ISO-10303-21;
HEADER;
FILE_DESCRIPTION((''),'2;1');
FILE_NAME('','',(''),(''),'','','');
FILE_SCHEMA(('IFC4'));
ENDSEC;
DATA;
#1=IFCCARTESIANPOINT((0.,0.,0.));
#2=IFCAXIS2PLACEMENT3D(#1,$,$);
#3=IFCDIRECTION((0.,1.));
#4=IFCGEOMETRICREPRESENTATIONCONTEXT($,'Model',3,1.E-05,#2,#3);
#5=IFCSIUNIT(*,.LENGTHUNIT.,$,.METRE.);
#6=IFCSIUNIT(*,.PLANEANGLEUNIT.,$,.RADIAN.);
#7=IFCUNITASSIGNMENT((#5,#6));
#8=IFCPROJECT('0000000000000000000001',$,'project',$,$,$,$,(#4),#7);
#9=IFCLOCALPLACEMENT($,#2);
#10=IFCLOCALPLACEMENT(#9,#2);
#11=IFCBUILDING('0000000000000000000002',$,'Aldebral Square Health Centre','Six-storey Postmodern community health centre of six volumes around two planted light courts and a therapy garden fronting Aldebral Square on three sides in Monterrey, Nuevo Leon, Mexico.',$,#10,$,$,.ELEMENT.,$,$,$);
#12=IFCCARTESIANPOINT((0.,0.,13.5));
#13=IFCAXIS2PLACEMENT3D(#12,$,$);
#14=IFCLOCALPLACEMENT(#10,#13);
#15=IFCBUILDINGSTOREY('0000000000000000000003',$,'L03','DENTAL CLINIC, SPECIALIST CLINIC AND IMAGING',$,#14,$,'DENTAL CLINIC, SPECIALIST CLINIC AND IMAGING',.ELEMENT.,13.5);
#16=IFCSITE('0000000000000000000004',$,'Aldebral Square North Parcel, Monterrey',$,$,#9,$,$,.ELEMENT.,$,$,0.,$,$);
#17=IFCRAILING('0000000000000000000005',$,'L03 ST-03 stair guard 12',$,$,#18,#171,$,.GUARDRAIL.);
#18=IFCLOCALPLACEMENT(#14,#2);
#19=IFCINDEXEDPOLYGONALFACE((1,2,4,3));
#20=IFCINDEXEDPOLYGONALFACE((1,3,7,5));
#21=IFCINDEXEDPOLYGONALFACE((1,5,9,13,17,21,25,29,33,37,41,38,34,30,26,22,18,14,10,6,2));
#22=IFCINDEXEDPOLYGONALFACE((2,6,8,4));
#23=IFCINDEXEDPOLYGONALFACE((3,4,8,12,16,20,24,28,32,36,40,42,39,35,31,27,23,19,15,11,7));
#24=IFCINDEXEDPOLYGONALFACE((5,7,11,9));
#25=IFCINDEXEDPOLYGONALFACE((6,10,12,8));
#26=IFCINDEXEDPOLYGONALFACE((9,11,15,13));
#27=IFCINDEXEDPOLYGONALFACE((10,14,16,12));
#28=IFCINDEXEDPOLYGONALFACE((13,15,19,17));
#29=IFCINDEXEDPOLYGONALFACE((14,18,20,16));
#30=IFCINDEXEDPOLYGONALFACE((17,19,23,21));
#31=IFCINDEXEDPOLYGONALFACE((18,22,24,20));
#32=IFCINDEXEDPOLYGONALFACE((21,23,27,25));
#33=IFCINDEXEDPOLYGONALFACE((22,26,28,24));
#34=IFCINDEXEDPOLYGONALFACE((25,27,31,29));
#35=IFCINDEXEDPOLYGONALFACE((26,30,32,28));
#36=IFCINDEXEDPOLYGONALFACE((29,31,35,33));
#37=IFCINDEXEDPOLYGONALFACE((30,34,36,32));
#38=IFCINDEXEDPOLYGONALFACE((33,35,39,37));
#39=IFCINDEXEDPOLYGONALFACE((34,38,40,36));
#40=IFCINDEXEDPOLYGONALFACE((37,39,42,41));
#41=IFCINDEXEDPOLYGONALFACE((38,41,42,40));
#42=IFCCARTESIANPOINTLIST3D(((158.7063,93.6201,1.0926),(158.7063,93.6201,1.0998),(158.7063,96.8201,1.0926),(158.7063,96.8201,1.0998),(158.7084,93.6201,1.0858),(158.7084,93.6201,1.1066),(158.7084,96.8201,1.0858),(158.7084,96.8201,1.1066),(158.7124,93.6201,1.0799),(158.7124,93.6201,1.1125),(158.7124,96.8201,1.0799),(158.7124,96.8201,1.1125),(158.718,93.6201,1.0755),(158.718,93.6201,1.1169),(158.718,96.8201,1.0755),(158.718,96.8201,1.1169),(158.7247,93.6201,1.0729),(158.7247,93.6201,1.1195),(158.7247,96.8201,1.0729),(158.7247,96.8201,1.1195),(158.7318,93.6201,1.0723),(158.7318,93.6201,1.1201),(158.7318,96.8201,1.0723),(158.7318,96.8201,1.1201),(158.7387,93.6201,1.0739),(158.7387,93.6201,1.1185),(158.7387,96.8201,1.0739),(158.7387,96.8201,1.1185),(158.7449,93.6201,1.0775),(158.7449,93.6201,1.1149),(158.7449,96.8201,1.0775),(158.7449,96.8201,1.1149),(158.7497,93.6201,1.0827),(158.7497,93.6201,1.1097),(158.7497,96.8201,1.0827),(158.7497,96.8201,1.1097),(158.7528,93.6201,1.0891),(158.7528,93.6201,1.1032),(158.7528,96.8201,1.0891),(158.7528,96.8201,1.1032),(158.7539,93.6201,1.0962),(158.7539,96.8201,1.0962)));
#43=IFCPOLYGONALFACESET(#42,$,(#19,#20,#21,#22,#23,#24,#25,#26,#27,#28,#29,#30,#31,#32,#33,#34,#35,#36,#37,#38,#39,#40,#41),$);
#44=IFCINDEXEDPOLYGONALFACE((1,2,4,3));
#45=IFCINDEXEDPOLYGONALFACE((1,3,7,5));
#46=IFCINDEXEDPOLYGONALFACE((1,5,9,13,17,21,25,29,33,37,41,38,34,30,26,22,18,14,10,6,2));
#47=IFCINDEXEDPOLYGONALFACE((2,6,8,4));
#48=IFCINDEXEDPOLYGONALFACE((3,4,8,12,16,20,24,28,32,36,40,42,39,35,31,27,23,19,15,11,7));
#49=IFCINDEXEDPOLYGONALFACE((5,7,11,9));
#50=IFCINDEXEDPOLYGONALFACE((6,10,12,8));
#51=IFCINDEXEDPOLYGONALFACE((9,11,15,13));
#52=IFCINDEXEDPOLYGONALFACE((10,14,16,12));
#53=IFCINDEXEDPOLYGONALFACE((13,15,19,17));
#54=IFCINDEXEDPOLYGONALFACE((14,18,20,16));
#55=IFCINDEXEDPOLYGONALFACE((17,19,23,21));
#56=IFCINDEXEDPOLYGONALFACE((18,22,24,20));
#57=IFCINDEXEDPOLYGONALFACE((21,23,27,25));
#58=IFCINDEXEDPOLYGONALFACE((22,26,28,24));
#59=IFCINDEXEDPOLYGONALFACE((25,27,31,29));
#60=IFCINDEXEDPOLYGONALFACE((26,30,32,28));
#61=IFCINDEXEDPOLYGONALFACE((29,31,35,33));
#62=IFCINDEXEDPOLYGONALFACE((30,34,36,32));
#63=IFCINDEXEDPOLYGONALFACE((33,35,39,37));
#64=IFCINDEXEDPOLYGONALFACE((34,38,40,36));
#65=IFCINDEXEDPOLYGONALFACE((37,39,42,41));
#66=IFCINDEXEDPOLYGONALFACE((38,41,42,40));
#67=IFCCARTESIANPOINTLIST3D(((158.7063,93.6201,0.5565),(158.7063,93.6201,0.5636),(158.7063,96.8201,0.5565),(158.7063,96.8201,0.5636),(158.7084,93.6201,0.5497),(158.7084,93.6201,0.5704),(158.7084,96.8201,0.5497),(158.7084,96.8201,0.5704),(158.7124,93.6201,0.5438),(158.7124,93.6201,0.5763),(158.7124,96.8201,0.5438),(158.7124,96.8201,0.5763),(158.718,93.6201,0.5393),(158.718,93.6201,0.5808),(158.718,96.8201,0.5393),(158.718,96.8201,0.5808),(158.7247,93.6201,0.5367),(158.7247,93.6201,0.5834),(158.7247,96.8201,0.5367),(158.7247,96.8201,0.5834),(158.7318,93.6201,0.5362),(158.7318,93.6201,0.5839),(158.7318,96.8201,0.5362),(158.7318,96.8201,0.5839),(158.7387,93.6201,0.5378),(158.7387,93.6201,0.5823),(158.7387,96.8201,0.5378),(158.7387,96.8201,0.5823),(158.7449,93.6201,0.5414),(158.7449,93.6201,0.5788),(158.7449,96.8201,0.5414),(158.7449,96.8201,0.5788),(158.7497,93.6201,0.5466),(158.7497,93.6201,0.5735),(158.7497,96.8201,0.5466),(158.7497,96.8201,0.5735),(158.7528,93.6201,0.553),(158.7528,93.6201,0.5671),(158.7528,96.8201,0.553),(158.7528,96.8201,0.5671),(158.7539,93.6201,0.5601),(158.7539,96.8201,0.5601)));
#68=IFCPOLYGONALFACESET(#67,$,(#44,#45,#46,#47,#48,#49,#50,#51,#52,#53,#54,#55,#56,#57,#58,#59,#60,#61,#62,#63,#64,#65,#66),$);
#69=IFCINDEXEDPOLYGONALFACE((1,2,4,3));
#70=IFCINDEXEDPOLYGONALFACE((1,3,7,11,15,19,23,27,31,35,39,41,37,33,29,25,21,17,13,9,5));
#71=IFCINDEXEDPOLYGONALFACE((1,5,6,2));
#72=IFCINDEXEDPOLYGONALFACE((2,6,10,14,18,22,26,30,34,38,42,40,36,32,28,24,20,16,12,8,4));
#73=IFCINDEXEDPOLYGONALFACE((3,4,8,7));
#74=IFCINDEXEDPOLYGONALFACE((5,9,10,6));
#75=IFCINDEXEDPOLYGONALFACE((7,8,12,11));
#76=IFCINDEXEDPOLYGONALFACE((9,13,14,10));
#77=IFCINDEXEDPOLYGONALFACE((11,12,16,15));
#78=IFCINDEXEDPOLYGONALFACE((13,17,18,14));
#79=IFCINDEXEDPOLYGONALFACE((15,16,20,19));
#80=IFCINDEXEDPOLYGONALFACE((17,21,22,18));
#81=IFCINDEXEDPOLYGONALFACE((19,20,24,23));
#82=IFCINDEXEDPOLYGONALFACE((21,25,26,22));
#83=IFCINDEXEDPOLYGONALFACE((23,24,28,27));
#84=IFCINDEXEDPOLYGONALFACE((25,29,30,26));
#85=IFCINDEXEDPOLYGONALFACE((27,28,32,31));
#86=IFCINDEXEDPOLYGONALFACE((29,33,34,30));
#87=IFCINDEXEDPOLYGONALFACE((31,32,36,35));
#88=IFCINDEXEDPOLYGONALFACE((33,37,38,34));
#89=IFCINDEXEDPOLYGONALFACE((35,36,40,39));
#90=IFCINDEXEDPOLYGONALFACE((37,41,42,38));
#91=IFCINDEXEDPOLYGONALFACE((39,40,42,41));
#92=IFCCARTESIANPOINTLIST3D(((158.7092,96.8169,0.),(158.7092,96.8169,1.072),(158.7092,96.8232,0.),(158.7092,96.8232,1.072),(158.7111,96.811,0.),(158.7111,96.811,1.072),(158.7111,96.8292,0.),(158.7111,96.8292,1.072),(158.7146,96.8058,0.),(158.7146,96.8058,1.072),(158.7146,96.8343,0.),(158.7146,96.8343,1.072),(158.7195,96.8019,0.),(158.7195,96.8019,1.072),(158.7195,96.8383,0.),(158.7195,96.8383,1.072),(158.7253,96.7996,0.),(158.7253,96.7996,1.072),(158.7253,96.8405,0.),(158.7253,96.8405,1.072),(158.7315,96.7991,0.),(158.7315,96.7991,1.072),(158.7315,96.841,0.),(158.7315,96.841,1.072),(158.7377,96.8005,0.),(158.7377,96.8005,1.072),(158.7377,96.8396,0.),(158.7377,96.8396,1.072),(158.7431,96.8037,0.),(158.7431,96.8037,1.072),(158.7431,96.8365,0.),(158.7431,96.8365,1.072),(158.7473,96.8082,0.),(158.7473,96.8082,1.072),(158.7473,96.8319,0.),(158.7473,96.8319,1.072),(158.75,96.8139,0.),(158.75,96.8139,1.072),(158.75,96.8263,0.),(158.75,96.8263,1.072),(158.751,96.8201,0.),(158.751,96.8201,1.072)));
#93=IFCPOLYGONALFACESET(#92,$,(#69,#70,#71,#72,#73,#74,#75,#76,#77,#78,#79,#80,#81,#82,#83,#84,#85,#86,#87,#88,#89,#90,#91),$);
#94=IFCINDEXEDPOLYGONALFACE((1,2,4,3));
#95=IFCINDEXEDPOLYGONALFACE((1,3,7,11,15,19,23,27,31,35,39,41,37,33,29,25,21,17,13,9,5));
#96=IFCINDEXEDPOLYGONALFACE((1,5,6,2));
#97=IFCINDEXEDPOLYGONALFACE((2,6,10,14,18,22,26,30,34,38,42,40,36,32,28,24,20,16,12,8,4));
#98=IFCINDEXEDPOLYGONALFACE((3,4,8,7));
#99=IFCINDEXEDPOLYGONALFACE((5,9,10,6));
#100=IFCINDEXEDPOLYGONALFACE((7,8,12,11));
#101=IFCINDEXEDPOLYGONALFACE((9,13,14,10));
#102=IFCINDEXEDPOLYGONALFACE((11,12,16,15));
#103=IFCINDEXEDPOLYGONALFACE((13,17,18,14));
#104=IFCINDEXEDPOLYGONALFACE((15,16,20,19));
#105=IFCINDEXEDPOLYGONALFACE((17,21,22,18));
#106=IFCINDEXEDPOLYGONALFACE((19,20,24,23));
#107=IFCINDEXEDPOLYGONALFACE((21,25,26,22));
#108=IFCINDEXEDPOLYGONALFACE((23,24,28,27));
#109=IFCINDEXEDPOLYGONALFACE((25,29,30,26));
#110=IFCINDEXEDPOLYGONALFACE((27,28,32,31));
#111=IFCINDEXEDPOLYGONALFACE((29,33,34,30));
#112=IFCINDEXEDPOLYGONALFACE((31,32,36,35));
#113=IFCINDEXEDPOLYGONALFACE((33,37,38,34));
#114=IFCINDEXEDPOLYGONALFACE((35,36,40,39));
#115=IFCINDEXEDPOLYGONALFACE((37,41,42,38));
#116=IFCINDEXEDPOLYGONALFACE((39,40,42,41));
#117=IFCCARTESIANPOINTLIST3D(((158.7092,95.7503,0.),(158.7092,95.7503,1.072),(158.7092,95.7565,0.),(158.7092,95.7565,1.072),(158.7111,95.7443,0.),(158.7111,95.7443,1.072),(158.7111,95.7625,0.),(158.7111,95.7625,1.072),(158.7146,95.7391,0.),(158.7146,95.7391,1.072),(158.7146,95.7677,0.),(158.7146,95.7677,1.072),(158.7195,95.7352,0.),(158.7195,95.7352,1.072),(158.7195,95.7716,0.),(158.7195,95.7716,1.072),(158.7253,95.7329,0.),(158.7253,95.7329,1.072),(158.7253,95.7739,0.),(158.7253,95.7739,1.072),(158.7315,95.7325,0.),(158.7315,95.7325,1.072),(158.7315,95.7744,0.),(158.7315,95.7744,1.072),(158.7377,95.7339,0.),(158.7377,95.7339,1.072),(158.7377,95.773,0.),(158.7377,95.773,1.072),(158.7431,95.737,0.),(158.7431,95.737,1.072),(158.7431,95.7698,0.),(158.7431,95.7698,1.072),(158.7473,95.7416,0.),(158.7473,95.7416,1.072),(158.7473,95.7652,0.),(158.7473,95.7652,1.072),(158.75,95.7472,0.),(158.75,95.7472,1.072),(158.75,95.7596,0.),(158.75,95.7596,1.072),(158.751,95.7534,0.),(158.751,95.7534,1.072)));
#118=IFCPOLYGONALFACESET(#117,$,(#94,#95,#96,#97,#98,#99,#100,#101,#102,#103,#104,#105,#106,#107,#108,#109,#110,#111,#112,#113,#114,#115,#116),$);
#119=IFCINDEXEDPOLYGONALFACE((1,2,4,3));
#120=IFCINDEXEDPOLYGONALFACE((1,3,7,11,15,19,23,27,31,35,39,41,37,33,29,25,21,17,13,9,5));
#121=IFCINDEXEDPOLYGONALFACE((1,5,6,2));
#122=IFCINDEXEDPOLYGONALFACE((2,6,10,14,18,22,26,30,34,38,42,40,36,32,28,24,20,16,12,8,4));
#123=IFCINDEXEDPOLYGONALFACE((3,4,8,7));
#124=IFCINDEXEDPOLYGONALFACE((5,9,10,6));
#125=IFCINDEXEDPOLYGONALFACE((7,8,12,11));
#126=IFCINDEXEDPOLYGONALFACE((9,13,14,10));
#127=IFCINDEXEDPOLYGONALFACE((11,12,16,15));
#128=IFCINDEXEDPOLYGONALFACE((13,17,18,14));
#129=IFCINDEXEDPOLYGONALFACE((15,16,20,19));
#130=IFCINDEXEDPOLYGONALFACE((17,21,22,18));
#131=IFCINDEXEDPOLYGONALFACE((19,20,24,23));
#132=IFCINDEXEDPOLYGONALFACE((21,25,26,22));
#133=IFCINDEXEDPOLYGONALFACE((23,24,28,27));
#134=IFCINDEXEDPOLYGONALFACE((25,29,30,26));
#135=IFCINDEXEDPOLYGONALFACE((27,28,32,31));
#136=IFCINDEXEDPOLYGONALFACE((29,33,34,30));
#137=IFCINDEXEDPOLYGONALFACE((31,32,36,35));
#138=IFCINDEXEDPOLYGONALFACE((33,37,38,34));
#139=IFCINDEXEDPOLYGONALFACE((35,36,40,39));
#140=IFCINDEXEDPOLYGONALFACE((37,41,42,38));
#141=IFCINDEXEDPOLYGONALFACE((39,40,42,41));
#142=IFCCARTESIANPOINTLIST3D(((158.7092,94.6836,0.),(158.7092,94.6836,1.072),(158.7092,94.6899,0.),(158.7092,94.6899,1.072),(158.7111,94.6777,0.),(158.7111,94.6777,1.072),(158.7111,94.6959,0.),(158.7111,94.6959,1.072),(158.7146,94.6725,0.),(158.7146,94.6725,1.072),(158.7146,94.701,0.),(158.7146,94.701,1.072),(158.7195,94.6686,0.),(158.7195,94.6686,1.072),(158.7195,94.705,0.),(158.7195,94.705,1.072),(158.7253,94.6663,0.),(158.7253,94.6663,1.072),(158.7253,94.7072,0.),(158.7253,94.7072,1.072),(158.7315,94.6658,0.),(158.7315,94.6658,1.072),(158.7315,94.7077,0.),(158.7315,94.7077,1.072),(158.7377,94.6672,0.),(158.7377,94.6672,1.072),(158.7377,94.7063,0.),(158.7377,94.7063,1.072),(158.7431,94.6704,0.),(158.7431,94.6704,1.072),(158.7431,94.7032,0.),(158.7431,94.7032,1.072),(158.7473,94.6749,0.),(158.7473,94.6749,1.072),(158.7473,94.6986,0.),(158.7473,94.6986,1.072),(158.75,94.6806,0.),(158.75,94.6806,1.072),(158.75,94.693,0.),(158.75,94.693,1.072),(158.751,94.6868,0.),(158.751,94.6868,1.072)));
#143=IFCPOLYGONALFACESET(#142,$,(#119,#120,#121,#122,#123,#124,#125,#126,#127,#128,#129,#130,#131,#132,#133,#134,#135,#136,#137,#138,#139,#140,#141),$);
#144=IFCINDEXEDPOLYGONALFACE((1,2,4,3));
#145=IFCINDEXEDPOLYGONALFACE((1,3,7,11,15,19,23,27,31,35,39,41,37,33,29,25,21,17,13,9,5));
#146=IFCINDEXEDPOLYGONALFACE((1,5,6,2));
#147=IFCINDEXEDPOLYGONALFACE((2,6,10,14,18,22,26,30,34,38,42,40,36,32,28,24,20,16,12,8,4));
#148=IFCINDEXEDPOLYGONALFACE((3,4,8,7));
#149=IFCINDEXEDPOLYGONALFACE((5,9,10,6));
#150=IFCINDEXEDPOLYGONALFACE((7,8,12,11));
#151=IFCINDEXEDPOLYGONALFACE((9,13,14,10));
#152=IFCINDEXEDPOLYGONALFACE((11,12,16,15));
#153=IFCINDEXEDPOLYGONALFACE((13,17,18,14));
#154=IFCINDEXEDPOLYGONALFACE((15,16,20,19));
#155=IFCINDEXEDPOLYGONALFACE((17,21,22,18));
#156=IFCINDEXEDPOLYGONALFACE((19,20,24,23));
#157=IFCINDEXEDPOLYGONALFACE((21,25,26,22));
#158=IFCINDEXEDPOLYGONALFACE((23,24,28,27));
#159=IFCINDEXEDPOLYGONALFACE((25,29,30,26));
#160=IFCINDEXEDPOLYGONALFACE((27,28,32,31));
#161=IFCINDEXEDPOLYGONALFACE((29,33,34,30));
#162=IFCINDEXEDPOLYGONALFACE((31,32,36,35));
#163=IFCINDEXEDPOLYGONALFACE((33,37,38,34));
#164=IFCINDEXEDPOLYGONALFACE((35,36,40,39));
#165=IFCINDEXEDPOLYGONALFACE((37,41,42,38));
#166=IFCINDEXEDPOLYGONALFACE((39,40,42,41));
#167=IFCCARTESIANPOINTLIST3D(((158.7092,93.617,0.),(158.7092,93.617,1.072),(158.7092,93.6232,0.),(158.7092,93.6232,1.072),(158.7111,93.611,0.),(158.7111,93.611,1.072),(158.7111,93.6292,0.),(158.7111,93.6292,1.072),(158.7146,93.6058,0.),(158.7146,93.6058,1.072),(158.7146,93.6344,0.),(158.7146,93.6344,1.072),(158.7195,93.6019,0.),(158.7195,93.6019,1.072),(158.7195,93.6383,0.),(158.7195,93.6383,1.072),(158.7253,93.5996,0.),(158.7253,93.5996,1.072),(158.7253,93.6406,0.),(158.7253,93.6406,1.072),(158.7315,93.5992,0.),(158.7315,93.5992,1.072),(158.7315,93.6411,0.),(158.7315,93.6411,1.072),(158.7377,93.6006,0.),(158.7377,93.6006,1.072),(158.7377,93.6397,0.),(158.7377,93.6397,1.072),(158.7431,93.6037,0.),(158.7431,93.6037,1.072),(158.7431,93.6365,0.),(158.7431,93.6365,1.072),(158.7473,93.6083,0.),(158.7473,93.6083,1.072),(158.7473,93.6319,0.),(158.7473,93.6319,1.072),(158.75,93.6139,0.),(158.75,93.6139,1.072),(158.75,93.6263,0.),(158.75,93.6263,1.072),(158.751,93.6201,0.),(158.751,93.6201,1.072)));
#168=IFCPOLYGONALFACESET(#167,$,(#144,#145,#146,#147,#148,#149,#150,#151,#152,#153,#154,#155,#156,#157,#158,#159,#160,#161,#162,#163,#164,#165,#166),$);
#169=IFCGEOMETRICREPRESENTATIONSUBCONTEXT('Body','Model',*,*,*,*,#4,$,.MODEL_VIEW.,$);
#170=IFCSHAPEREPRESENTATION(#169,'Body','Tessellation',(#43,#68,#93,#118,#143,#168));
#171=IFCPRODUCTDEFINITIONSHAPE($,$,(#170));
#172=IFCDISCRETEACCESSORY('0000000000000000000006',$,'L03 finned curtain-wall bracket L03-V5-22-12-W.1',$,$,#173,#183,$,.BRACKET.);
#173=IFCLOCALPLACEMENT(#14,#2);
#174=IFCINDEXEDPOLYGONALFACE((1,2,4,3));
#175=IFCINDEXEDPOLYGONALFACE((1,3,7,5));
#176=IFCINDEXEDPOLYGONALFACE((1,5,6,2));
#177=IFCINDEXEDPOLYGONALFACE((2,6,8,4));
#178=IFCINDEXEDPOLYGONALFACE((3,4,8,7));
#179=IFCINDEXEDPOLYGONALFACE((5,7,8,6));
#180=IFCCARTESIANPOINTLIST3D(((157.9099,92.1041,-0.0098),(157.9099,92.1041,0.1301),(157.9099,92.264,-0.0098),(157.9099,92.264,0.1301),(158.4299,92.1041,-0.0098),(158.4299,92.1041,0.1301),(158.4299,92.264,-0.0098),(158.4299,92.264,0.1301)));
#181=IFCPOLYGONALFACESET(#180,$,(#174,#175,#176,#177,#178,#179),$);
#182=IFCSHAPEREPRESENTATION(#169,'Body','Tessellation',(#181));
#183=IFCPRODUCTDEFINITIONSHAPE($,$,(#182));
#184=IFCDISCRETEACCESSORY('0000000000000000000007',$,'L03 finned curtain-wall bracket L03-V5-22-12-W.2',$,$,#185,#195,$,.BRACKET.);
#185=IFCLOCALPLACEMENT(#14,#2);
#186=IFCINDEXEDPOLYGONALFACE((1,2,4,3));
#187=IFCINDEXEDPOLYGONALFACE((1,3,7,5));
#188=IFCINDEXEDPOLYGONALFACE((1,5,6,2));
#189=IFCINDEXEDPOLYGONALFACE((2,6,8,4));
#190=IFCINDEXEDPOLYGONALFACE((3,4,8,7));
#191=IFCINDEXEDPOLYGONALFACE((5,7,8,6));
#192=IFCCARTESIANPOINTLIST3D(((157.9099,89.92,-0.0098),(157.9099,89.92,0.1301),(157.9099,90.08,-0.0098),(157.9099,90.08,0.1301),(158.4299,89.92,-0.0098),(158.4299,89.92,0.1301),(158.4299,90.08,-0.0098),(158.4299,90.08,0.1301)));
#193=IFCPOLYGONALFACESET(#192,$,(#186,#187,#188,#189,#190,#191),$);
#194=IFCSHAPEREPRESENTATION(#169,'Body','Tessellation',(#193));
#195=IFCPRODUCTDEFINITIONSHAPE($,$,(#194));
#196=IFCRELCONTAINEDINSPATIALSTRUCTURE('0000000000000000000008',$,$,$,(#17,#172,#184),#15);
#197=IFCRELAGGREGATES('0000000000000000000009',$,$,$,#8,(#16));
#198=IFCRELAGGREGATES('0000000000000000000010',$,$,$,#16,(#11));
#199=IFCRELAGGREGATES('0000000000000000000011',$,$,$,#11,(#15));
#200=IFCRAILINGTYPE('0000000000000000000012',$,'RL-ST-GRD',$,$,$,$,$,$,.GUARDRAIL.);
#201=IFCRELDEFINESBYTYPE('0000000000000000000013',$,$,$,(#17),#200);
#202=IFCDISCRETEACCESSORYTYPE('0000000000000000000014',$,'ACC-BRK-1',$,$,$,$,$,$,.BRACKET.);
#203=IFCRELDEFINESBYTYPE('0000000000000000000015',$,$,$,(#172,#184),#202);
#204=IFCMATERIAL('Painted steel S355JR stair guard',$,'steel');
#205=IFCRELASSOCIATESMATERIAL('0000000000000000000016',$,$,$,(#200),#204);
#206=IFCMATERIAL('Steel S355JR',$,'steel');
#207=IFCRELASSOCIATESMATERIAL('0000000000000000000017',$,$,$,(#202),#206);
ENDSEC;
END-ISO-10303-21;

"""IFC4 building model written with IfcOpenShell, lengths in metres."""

from ifc_helpers import new_model, si_unit, direction, frame, origin, origin_2d, place, context, subcontext, project, spatial, rectangle, circle, extrude, material, type_object, element, save


model = new_model("IFC4")

# Units and contexts
model_context = context("Model", 3, precision=1e-05, world=origin(), true_north=direction((0.0, 1.0)))
body_context = subcontext(model_context, "Body", "Model", "MODEL_VIEW")
ifc_project = project(units=[si_unit("LENGTHUNIT", "METRE"), si_unit("PLANEANGLEUNIT", "RADIAN")], contexts=[model_context])

# Site, building, storey
site_placement = place(None, origin())
site = spatial("IfcSite", under=ifc_project, at=site_placement, Name="Aldebral Square North Parcel, Monterrey", CompositionType="ELEMENT", RefElevation=0.0)
building_placement = place(site_placement, origin())
building = spatial("IfcBuilding", under=site, at=building_placement, Name="Aldebral Square Health Centre", Description="Six-storey Postmodern community health centre of six volumes around two planted light courts and a therapy garden fronting Aldebral Square on three sides in Monterrey, Nuevo Leon, Mexico.", CompositionType="ELEMENT")
storey_placement = place(building_placement, frame((0.0, 0.0, 13.5)))
storey = spatial("IfcBuildingStorey", under=building, at=storey_placement, Name="L03", Description="DENTAL CLINIC, SPECIALIST CLINIC AND IMAGING", LongName="DENTAL CLINIC, SPECIALIST CLINIC AND IMAGING", CompositionType="ELEMENT", Elevation=13.5)

# Railing
ifc_material_1 = material(Name="Painted steel S355JR stair guard", Category="steel")
railing_type = type_object("IfcRailingType", Name="RL-ST-GRD", PredefinedType="GUARDRAIL", material=ifc_material_1)
railing_1_placement = place(storey_placement, frame((158.73, 96.8201, 0.0)))
element("IfcRailing", 1, at=railing_1_placement, inside=storey, type_object=railing_type, Name="L03 ST-03 stair guard 12", PredefinedType="GUARDRAIL", context=body_context, shape_type="SweptSolid", body=[
    extrude(circle(Radius=0.0239, at=origin_2d()), frame((0.0, 0.0, 1.0962), z_axis=(0.0, -1.0, 0.0), x_axis=(1.0, 0.0, 0.0)), (0.0, 0.0, 1.0), 3.2),
    extrude(circle(Radius=0.0239, at=origin_2d()), frame((0.0, 0.0, 0.5601), z_axis=(0.0, -1.0, 0.0), x_axis=(1.0, 0.0, 0.0)), (0.0, 0.0, 1.0), 3.2),
    extrude(circle(Radius=0.021, at=origin_2d()), origin(), (0.0, 0.0, 1.0), 1.072),
    extrude(circle(Radius=0.021, at=origin_2d()), frame((0.0, -1.0667, 0.0)), (0.0, 0.0, 1.0), 1.072),
    extrude(circle(Radius=0.021, at=origin_2d()), frame((0.0, -2.1333, 0.0)), (0.0, 0.0, 1.0), 1.072),
    extrude(circle(Radius=0.021, at=origin_2d()), frame((0.0, -3.2, 0.0)), (0.0, 0.0, 1.0), 1.072),
])

# Discrete accessories
ifc_material_2 = material(Name="Steel S355JR", Category="steel")
discrete_accessory_type = type_object("IfcDiscreteAccessoryType", Name="ACC-BRK-1", PredefinedType="BRACKET", material=ifc_material_2)
for number, where, z_axis, x_axis, name in (
    (2, (158.1699, 92.1841, -0.0098), (0.0, 0.0, 1.0), (0.0, 1.0, 0.0), "L03 finned curtain-wall bracket L03-V5-22-12-W.1"),
    (3, (158.1699, 90.0, -0.0098), (0.0, 0.0, 1.0), (0.0, 1.0, 0.0), "L03 finned curtain-wall bracket L03-V5-22-12-W.2"),
):
    element("IfcDiscreteAccessory", number, at=place(storey_placement, frame(where, z_axis=z_axis, x_axis=x_axis)), inside=storey, type_object=discrete_accessory_type, Name=name, PredefinedType="BRACKET", context=body_context, shape_type="SweptSolid", body=[
        extrude(rectangle(XDim=0.1599, YDim=0.52, at=origin_2d()), origin(), (0.0, 0.0, 1.0), 0.1399),
    ])

save(model, "model.ifc")
